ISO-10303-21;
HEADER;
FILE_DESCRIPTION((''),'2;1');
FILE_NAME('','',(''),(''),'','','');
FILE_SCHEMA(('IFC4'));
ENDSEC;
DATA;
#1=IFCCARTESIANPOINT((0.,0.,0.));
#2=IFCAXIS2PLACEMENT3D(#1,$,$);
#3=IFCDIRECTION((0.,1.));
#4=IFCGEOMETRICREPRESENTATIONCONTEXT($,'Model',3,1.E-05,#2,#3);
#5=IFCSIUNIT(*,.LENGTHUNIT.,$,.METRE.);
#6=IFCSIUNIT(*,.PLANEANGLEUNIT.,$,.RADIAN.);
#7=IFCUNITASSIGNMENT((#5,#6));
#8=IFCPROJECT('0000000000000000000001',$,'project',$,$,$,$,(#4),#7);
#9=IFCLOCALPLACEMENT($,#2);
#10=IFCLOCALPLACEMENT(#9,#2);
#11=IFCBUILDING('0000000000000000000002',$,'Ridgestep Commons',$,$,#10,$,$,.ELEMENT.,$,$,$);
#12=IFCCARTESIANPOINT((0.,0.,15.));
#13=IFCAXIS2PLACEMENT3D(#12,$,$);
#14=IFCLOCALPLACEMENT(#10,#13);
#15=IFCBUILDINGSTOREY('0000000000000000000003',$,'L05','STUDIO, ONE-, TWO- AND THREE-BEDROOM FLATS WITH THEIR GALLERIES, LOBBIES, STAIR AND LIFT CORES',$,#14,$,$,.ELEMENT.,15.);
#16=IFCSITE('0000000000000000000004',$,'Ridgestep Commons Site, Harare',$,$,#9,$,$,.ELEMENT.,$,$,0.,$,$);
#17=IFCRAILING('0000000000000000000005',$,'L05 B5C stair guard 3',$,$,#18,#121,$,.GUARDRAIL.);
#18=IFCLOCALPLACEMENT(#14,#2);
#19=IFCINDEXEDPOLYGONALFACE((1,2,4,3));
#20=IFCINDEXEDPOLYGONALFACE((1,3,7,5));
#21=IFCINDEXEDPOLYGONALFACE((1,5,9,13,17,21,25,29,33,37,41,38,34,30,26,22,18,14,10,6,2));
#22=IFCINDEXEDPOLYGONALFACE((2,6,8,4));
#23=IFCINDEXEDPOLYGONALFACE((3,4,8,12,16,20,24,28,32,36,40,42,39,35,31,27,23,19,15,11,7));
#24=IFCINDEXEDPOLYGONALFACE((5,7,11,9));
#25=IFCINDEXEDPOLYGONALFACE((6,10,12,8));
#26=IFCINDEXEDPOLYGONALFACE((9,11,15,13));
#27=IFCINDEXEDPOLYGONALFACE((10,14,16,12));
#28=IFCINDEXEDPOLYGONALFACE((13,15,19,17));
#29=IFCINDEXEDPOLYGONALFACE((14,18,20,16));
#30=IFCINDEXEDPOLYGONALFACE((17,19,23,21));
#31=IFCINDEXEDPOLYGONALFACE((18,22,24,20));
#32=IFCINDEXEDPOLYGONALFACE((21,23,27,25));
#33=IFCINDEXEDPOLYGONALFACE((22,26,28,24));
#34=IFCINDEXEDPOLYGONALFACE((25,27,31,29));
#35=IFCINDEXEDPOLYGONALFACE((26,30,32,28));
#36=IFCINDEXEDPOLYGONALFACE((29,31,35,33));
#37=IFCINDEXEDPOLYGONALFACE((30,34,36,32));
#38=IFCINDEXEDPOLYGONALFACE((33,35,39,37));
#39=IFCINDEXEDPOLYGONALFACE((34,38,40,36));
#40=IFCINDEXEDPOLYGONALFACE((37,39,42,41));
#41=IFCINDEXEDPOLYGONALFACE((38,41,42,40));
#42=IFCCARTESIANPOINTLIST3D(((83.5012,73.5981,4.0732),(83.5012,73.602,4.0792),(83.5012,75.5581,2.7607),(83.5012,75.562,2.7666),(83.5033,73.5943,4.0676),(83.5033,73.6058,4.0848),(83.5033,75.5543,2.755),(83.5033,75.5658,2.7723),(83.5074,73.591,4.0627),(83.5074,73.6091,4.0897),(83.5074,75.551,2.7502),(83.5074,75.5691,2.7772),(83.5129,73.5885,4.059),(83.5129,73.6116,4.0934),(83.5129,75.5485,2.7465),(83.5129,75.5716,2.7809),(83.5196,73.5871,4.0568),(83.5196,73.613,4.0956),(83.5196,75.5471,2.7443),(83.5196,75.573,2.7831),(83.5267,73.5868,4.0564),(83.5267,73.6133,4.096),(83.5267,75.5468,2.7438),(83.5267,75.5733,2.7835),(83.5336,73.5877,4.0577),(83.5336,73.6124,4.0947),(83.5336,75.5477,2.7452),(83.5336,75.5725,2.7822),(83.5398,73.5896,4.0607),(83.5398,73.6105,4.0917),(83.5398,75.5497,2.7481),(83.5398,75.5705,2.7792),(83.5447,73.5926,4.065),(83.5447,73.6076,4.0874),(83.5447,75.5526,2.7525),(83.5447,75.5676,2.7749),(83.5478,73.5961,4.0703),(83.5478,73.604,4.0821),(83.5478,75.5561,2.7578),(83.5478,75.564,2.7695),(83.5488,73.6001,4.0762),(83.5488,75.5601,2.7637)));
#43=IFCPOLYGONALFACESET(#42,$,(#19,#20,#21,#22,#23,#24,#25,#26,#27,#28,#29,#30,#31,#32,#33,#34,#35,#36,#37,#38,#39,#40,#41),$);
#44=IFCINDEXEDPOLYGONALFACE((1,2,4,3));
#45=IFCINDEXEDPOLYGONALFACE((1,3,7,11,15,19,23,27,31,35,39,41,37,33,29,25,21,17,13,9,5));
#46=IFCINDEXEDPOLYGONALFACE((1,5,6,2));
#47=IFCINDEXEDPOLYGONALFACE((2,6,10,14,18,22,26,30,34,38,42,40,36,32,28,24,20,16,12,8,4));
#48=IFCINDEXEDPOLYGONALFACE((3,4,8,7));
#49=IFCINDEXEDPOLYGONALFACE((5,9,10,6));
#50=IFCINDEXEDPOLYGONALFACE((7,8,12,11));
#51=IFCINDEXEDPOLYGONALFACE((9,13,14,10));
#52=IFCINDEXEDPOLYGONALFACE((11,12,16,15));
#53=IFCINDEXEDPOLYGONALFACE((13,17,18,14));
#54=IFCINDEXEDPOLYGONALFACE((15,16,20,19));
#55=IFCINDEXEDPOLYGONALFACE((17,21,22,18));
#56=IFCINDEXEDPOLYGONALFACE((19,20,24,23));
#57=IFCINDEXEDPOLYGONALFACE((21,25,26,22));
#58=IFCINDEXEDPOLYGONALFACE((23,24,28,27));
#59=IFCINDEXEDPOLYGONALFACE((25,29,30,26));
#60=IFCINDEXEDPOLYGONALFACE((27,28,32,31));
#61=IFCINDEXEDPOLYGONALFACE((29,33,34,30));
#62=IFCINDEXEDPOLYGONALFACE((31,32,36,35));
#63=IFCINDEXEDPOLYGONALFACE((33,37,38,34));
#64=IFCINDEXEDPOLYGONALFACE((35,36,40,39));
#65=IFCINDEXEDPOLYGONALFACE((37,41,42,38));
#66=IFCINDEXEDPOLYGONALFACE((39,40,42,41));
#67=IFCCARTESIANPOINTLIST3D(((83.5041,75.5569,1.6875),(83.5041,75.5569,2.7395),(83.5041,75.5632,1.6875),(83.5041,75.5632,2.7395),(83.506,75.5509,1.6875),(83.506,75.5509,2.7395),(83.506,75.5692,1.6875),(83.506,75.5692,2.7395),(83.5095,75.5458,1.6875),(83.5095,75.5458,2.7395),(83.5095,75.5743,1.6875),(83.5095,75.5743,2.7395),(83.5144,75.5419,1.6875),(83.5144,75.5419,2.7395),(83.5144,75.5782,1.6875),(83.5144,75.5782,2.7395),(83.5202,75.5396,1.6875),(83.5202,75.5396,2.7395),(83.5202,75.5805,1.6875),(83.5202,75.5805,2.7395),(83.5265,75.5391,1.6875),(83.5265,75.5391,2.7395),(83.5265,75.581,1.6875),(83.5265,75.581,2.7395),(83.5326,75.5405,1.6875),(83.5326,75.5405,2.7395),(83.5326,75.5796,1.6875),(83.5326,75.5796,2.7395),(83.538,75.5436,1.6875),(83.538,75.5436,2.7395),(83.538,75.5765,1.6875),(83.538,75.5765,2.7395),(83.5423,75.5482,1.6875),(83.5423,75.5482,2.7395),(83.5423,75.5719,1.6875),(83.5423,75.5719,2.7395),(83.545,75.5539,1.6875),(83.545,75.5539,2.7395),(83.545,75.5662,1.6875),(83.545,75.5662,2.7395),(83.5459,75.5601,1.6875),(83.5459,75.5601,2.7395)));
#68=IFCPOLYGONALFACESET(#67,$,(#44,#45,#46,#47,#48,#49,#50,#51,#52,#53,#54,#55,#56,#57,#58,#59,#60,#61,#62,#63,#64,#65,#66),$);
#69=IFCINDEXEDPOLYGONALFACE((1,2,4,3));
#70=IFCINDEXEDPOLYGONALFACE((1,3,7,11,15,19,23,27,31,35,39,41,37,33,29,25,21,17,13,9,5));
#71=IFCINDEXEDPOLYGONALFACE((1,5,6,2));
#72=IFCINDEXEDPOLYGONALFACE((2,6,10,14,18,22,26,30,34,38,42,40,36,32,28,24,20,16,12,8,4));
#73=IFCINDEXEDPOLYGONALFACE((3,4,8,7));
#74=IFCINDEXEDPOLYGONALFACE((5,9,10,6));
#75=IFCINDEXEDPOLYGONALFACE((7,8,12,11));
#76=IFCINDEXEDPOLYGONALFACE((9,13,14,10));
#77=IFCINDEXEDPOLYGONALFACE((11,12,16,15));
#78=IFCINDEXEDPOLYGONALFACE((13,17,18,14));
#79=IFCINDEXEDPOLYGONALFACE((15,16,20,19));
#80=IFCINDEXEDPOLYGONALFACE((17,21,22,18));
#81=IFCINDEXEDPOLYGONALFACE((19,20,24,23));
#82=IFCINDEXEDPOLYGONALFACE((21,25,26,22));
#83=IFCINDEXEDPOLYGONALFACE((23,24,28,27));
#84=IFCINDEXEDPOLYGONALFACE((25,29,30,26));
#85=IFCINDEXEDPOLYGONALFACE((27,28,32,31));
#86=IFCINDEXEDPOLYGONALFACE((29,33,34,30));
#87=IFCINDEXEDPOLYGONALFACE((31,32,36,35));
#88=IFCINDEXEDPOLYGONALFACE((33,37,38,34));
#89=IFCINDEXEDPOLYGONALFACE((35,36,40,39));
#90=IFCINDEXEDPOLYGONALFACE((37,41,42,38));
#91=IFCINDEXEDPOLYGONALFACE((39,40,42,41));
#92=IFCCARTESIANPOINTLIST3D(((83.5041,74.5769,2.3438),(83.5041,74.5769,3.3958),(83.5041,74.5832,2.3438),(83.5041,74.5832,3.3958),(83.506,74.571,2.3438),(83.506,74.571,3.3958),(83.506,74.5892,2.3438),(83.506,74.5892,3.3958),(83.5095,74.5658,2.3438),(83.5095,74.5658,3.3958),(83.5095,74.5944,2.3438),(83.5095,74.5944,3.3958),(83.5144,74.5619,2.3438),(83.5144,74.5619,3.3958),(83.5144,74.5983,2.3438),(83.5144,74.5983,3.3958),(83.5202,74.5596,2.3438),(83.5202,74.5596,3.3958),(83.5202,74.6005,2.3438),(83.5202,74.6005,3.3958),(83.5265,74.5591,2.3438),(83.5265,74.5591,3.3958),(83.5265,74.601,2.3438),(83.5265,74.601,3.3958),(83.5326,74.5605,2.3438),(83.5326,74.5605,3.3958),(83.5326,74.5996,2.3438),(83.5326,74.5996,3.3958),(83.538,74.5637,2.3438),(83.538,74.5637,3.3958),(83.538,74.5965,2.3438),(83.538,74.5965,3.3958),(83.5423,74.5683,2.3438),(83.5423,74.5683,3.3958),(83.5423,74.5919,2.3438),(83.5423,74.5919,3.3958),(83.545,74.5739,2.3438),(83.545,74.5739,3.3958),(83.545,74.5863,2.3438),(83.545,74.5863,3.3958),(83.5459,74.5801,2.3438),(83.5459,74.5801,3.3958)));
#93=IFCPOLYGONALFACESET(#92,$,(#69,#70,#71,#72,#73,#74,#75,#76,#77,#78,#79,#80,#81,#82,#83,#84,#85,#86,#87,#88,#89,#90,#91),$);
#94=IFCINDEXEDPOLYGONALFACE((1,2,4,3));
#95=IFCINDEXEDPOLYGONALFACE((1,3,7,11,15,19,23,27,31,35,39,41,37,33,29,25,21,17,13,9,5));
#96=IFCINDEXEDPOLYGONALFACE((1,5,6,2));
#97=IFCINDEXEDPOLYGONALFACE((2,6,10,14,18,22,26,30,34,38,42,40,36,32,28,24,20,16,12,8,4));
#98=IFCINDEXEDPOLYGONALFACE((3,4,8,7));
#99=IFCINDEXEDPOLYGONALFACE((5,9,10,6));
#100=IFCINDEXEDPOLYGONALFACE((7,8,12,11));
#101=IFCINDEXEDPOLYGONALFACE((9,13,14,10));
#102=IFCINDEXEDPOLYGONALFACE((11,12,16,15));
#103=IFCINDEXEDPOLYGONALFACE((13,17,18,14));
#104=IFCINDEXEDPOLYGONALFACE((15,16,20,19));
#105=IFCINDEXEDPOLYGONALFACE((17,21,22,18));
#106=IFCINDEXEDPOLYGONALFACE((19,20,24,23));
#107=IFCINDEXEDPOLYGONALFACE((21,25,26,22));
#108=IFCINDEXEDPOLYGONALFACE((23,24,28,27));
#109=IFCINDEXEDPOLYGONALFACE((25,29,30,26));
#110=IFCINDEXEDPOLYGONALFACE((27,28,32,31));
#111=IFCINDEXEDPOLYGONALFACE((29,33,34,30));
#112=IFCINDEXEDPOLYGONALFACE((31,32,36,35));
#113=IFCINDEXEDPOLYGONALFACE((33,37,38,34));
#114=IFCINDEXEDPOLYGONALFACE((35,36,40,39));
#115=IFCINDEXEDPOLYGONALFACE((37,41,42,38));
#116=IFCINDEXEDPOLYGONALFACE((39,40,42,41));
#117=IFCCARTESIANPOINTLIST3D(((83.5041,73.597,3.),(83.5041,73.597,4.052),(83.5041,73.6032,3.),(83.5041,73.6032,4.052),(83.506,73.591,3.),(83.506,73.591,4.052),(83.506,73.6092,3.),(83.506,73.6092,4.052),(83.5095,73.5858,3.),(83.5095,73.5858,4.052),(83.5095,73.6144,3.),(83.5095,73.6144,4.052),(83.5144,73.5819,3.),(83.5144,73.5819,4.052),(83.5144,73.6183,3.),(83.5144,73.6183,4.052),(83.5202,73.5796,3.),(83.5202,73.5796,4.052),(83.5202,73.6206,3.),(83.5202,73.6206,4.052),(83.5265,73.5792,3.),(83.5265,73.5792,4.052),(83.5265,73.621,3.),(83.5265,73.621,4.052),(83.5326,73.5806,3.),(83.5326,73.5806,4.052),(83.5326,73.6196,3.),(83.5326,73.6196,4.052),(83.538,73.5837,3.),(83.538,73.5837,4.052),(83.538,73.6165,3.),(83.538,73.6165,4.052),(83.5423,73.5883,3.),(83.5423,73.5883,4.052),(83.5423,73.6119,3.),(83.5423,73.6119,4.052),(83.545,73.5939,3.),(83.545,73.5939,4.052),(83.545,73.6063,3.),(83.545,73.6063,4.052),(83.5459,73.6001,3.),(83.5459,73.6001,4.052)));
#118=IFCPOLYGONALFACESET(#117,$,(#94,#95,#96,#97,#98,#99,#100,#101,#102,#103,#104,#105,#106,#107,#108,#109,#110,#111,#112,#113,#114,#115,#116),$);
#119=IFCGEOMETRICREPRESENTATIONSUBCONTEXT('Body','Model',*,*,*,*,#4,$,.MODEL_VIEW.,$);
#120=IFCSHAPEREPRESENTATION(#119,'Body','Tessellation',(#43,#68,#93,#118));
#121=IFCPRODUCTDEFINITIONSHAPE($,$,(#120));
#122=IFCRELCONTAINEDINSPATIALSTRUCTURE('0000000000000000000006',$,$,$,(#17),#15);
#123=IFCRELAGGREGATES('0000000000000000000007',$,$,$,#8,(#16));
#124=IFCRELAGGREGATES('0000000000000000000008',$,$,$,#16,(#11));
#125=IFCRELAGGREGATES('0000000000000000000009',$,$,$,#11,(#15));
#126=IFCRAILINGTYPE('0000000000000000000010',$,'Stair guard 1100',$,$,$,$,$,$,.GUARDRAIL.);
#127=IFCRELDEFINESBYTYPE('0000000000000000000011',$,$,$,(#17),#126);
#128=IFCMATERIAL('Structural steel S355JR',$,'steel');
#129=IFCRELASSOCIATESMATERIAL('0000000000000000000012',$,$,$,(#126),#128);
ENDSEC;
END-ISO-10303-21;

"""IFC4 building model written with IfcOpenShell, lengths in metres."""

from ifc_helpers import new_model, si_unit, direction, frame, origin, origin_2d, place, context, subcontext, project, spatial, circle, extrude, material, type_object, element, save


model = new_model("IFC4")

# Units and contexts
model_context = context("Model", 3, precision=1e-05, world=origin(), true_north=direction((0.0, 1.0)))
body_context = subcontext(model_context, "Body", "Model", "MODEL_VIEW")
ifc_project = project(units=[si_unit("LENGTHUNIT", "METRE"), si_unit("PLANEANGLEUNIT", "RADIAN")], contexts=[model_context])

# Site, building, storey
site_placement = place(None, origin())
site = spatial("IfcSite", under=ifc_project, at=site_placement, Name="Ridgestep Commons Site, Harare", CompositionType="ELEMENT", RefElevation=0.0)
building_placement = place(site_placement, origin())
building = spatial("IfcBuilding", under=site, at=building_placement, Name="Ridgestep Commons", CompositionType="ELEMENT")
storey_placement = place(building_placement, frame((0.0, 0.0, 15.0)))
storey = spatial("IfcBuildingStorey", under=building, at=storey_placement, Name="L05", Description="STUDIO, ONE-, TWO- AND THREE-BEDROOM FLATS WITH THEIR GALLERIES, LOBBIES, STAIR AND LIFT CORES", CompositionType="ELEMENT", Elevation=15.0)

# Railing
ifc_material_1 = material(Name="Structural steel S355JR", Category="steel")
railing_type = type_object("IfcRailingType", Name="Stair guard 1100", PredefinedType="GUARDRAIL", material=ifc_material_1)
railing_1_placement = place(storey_placement, frame((83.5249, 75.5601, 1.6875)))
element("IfcRailing", 1, at=railing_1_placement, inside=storey, type_object=railing_type, Name="L05 B5C stair guard 3", PredefinedType="GUARDRAIL", context=body_context, shape_type="SweptSolid", body=[
    extrude(circle(Radius=0.0239, at=origin_2d()), frame((0.0, 0.0, 1.0762), z_axis=(0.0, -0.830902, 0.556419), x_axis=(1.0, 0.0, 0.0)), (0.0, 0.0, 1.0), 2.3589),
    extrude(circle(Radius=0.021, at=origin_2d()), origin(), (0.0, 0.0, 1.0), 1.052),
    extrude(circle(Radius=0.021, at=origin_2d()), frame((0.0, -0.98, 0.6562)), (0.0, 0.0, 1.0), 1.052),
    extrude(circle(Radius=0.021, at=origin_2d()), frame((0.0, -1.96, 1.3125)), (0.0, 0.0, 1.0), 1.052),
])

save(model, "model.ifc")
